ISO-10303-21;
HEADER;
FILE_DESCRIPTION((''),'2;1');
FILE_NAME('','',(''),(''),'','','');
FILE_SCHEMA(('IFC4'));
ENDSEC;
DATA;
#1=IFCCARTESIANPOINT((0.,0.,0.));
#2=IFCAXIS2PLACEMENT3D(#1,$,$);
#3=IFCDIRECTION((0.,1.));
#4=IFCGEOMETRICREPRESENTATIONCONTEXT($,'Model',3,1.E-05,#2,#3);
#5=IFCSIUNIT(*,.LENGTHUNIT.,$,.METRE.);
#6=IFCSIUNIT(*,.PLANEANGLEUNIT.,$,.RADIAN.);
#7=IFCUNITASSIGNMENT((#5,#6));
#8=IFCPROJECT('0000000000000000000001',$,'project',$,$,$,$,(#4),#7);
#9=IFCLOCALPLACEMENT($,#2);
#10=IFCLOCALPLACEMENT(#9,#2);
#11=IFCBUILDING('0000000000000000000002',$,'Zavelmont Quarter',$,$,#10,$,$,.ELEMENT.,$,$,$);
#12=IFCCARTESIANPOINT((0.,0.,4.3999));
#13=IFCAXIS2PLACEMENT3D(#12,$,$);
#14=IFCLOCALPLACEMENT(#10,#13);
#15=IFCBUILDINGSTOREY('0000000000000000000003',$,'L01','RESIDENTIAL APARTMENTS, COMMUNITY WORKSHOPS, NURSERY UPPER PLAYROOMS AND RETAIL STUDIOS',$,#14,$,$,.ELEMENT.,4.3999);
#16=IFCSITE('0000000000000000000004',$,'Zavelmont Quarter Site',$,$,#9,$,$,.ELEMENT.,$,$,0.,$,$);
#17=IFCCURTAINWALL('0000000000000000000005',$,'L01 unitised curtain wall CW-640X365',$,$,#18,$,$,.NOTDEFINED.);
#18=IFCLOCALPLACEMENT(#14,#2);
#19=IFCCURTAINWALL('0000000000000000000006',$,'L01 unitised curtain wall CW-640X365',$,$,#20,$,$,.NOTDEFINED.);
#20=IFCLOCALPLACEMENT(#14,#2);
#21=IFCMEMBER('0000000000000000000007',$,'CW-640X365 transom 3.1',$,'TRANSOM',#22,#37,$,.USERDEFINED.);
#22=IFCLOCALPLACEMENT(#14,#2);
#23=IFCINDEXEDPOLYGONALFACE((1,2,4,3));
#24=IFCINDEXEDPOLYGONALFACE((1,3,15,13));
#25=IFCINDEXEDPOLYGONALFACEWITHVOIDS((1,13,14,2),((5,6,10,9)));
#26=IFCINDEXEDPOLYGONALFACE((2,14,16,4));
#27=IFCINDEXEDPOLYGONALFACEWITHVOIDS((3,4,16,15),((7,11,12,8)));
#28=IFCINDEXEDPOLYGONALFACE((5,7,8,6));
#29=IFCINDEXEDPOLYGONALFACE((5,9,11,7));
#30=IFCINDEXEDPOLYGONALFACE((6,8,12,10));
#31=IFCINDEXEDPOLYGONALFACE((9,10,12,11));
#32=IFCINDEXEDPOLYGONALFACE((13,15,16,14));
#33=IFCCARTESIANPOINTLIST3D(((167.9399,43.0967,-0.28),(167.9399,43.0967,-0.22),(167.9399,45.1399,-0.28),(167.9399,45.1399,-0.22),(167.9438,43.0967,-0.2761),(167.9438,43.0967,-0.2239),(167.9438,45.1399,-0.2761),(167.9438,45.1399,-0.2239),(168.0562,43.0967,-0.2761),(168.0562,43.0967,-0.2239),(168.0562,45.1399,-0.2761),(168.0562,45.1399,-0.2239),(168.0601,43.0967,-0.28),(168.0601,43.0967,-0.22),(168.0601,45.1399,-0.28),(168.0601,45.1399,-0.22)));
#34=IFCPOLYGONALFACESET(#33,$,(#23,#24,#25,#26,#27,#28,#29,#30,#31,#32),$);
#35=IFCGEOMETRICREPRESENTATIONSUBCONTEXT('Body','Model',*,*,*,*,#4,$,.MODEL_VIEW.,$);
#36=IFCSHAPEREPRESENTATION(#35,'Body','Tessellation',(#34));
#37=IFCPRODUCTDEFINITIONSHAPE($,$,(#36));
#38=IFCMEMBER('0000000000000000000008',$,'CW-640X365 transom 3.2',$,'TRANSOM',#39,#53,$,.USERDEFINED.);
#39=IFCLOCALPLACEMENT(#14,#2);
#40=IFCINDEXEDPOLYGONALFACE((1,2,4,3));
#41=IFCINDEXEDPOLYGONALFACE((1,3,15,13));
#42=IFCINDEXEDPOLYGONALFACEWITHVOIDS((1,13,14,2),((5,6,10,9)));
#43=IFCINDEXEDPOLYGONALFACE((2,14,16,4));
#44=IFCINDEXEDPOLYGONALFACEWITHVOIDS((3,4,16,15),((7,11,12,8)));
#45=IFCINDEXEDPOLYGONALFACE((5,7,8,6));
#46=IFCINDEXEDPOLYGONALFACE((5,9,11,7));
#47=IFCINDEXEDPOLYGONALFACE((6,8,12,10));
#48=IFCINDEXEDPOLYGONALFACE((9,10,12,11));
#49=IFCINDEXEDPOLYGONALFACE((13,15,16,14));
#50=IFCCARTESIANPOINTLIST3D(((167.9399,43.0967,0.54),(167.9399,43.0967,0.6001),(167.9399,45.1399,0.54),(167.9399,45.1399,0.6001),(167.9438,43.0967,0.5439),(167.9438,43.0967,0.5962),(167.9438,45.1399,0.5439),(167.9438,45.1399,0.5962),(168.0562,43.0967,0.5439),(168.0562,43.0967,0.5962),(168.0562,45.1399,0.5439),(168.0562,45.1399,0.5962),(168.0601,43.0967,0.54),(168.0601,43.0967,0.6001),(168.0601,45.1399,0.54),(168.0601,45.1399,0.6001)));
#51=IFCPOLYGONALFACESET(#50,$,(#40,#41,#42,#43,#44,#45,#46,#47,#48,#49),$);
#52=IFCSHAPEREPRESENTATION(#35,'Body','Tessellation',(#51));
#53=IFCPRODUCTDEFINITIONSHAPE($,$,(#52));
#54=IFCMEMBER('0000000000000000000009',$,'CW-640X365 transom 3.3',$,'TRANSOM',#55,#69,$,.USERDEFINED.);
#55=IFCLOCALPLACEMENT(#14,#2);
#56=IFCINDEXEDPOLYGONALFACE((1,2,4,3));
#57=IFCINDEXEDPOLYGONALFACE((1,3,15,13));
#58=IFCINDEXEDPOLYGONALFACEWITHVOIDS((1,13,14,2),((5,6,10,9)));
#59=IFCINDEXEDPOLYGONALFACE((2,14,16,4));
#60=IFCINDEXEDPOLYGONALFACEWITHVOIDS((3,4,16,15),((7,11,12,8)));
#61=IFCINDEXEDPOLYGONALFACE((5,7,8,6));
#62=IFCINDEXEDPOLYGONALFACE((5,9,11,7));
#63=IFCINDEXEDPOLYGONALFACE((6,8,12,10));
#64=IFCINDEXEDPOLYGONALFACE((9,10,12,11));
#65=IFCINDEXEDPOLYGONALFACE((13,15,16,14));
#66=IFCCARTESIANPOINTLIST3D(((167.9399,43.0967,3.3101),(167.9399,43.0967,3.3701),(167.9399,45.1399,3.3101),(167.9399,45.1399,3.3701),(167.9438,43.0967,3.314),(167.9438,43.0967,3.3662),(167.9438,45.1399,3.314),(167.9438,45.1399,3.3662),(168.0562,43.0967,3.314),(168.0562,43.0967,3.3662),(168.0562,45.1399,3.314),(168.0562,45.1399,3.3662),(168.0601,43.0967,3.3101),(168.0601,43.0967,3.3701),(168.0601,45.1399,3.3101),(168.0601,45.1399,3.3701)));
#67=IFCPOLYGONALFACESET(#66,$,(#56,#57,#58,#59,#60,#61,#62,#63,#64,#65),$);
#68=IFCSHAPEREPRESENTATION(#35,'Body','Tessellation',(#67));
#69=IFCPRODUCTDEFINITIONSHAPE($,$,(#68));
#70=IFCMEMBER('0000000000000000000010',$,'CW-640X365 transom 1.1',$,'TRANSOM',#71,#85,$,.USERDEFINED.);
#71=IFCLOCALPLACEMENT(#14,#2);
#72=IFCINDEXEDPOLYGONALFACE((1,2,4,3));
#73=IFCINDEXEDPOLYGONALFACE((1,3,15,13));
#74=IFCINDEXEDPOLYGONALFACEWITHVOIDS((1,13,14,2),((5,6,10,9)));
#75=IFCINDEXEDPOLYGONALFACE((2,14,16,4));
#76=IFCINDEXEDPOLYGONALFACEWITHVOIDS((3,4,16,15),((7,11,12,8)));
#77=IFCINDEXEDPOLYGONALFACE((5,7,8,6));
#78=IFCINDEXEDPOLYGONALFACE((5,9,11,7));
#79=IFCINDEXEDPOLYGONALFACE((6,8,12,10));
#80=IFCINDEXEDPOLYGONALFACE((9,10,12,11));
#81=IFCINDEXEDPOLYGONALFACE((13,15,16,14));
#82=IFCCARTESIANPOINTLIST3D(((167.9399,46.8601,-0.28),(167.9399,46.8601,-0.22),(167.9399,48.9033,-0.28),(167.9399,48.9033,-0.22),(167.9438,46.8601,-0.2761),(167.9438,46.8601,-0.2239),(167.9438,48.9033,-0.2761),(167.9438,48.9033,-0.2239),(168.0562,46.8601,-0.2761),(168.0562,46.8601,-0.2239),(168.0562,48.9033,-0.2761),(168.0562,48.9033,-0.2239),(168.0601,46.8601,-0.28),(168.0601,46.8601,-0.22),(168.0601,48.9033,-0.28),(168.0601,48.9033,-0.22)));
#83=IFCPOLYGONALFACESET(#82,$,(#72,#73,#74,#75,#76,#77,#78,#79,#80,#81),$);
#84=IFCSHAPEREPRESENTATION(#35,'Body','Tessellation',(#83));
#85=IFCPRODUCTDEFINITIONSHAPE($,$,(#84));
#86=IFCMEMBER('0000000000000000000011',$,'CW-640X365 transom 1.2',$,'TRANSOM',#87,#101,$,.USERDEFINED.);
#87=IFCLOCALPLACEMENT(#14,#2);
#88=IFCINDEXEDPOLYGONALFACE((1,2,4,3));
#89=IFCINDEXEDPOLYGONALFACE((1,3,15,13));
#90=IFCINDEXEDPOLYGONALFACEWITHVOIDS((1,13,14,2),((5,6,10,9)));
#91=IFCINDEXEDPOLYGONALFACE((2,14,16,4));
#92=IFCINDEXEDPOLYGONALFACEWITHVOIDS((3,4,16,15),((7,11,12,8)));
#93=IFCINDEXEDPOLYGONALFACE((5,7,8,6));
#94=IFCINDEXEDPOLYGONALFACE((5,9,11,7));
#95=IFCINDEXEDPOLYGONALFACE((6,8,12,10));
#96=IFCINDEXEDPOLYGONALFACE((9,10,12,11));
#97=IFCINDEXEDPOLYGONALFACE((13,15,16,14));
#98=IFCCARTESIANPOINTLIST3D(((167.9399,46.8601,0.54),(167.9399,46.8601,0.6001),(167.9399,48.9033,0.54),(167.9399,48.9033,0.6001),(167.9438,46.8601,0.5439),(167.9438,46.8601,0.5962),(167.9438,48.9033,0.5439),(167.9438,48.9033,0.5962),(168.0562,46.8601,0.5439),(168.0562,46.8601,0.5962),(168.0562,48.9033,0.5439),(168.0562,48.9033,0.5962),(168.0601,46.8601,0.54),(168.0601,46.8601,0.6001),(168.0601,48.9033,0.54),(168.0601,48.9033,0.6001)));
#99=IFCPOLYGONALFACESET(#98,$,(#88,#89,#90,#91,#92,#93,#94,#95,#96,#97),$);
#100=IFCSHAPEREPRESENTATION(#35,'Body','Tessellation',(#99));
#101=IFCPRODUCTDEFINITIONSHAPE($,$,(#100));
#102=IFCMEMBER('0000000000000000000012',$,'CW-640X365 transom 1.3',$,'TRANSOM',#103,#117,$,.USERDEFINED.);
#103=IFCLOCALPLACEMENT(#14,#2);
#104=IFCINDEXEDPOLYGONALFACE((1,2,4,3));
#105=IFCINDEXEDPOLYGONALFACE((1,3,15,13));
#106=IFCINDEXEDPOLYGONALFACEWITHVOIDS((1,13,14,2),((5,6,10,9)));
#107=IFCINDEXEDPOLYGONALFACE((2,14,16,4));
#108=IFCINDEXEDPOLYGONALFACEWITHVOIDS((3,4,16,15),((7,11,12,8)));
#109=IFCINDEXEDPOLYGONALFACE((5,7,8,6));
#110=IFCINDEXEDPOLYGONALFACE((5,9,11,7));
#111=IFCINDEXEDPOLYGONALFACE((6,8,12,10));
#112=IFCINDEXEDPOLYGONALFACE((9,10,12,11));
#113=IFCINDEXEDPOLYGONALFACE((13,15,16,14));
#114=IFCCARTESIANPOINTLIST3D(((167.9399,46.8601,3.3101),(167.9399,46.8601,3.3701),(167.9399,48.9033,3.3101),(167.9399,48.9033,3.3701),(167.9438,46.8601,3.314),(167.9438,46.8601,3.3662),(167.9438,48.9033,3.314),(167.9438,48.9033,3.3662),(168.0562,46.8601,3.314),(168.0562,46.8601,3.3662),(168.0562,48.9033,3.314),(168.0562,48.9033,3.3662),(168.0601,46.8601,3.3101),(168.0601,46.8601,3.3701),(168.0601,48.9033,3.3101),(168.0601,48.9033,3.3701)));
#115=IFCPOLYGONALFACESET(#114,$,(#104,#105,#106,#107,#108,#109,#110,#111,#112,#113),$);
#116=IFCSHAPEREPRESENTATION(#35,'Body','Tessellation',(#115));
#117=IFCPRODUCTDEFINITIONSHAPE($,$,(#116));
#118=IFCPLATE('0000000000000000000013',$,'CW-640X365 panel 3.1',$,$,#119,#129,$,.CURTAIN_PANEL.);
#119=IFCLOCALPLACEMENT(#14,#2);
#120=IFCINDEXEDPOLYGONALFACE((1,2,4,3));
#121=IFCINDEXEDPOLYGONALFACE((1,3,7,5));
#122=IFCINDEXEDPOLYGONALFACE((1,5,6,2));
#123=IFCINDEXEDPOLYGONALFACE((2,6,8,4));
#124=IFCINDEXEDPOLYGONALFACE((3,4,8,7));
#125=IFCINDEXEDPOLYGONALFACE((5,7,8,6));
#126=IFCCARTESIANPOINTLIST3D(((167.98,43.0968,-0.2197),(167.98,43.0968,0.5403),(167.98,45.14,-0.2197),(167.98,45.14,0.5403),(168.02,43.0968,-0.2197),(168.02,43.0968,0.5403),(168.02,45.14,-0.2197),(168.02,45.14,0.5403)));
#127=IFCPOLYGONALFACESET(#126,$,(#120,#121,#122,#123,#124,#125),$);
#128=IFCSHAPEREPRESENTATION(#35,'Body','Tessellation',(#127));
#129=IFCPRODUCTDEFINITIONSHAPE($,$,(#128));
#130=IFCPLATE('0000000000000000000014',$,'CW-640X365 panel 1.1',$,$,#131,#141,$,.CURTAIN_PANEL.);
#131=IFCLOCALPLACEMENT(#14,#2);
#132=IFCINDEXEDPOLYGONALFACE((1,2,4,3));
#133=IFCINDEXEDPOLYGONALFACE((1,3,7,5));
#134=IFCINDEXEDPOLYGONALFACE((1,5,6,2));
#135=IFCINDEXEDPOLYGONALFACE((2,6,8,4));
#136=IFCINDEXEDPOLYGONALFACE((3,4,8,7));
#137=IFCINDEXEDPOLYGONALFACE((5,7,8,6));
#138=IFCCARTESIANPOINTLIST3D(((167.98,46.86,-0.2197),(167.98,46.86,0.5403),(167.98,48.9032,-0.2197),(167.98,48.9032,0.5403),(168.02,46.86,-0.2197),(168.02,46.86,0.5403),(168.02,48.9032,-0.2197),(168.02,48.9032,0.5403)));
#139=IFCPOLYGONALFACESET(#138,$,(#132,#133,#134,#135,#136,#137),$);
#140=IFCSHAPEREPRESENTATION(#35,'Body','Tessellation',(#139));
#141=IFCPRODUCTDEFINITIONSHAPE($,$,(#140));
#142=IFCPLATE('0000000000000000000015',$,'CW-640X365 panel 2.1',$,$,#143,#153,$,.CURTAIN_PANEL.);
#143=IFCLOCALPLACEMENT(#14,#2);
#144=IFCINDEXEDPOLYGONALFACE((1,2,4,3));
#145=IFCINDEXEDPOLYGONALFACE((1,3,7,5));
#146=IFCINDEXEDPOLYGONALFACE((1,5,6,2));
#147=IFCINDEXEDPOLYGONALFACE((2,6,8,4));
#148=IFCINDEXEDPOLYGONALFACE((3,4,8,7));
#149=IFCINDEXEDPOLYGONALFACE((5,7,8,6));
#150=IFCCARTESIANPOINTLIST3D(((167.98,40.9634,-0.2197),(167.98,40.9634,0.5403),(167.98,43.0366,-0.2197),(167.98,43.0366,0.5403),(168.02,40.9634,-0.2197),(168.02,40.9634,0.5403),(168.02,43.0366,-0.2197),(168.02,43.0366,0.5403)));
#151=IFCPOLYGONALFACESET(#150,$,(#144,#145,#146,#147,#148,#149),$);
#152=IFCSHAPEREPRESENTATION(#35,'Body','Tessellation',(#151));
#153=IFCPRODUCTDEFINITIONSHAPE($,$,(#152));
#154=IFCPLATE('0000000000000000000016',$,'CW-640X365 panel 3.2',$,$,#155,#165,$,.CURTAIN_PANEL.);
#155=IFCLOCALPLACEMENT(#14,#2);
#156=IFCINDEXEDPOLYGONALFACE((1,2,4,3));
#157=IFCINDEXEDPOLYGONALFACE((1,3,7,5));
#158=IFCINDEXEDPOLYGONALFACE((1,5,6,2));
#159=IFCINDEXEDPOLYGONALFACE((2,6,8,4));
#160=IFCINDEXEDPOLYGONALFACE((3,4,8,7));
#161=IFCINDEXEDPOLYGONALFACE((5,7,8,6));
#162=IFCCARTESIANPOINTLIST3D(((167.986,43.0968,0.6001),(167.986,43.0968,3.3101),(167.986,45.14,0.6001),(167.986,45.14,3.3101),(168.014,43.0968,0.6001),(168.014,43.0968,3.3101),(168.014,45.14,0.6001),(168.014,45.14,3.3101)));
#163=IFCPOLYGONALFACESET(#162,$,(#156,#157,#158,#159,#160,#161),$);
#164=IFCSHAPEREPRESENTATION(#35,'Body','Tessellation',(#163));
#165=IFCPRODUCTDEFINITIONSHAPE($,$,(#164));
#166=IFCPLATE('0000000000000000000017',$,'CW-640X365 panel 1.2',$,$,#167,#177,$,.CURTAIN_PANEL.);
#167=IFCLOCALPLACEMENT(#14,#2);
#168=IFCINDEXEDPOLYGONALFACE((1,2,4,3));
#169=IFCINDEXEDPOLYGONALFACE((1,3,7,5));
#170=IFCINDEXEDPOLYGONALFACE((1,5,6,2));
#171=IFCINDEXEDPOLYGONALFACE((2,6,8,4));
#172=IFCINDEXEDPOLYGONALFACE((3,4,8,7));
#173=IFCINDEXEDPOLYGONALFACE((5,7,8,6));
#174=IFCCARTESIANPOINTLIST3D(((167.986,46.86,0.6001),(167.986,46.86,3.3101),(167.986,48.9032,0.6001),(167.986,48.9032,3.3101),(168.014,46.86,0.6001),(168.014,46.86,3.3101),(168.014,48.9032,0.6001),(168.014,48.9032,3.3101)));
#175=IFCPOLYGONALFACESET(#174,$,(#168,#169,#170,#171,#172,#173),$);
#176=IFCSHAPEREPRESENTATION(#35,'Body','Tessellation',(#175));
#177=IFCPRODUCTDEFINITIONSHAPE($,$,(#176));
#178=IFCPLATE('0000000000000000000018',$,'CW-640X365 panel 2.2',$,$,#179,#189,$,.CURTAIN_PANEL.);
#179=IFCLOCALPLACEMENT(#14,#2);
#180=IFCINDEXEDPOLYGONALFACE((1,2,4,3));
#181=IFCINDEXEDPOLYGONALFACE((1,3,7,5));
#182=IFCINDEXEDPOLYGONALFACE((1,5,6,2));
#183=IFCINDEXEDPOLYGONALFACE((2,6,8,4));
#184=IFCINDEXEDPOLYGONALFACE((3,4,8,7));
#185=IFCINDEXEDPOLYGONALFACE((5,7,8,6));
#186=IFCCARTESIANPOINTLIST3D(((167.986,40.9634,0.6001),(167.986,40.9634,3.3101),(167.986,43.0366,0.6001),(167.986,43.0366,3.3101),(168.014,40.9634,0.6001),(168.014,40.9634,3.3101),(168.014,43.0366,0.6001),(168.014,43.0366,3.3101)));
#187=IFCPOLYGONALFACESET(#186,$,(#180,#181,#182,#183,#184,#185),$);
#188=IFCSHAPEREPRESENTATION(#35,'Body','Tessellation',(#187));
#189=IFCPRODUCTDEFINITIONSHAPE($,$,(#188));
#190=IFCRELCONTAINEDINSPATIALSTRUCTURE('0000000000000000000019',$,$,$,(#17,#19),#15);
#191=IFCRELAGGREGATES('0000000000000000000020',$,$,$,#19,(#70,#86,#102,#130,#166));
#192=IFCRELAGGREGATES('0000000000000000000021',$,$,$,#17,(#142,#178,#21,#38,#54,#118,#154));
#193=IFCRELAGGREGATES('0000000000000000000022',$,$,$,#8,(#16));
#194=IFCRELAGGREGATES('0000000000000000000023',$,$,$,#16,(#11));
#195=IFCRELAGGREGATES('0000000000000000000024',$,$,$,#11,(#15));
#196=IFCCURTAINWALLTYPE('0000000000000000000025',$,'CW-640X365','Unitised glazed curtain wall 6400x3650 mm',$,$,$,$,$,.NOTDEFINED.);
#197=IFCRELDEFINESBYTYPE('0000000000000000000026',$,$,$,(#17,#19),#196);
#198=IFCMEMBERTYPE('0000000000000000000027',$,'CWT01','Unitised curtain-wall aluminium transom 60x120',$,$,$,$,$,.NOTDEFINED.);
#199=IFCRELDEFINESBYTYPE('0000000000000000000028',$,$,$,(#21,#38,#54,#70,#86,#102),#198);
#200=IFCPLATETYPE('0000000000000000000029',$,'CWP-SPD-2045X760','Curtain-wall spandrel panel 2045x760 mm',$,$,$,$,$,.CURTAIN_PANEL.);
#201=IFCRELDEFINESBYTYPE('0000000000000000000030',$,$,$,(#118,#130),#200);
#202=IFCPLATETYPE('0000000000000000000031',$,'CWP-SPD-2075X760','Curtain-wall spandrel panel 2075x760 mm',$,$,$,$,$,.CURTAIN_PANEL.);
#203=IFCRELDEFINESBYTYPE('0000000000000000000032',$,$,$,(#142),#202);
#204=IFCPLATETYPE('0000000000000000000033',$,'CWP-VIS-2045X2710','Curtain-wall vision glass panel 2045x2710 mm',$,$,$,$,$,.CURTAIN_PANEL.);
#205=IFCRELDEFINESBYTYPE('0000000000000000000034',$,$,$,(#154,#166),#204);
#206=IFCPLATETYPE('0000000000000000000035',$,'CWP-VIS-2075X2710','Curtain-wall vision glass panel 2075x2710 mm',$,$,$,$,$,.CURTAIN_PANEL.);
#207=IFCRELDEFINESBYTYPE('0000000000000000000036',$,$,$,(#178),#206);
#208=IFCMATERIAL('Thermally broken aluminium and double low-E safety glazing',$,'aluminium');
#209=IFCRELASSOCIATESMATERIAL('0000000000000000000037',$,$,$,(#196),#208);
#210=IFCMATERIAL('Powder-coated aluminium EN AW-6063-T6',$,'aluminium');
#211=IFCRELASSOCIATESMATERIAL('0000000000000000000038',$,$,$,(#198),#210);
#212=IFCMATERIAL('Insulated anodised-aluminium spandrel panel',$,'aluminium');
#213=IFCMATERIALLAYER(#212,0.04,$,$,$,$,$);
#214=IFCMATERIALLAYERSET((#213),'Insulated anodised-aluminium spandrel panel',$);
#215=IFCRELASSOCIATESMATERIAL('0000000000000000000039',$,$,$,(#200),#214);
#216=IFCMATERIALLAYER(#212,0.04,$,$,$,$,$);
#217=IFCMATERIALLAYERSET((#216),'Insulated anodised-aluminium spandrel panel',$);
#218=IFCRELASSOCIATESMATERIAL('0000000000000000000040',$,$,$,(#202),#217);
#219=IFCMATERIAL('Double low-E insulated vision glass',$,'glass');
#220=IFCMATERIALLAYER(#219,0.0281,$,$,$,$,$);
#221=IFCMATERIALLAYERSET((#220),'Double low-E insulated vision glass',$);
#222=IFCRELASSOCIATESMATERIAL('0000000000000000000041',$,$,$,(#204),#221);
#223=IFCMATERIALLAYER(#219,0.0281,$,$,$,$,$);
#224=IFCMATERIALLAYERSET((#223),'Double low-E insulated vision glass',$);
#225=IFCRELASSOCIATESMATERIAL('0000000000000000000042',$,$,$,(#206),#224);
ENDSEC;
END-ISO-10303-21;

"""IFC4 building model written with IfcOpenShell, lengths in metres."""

from ifc_helpers import new_model, si_unit, direction, frame, origin, origin_2d, place, context, subcontext, project, spatial, rectangle, hollow_rectangle, extrude, material, layer, layer_set, material_profile, profile_set, type_object, element, aggregate, save


model = new_model("IFC4")

# Units and contexts
model_context = context("Model", 3, precision=1e-05, world=origin(), true_north=direction((0.0, 1.0)))
body_context = subcontext(model_context, "Body", "Model", "MODEL_VIEW")
ifc_project = project(units=[si_unit("LENGTHUNIT", "METRE"), si_unit("PLANEANGLEUNIT", "RADIAN")], contexts=[model_context])

# Site, building, storey
site_placement = place(None, origin())
site = spatial("IfcSite", under=ifc_project, at=site_placement, Name="Zavelmont Quarter Site", CompositionType="ELEMENT", RefElevation=0.0)
building_placement = place(site_placement, origin())
building = spatial("IfcBuilding", under=site, at=building_placement, Name="Zavelmont Quarter", CompositionType="ELEMENT")
storey_placement = place(building_placement, frame((0.0, 0.0, 4.3999)))
storey = spatial("IfcBuildingStorey", under=building, at=storey_placement, Name="L01", Description="RESIDENTIAL APARTMENTS, COMMUNITY WORKSHOPS, NURSERY UPPER PLAYROOMS AND RETAIL STUDIOS", CompositionType="ELEMENT", Elevation=4.3999)

# Curtain walls
ifc_material_1 = material(Name="Thermally broken aluminium and double low-E safety glazing", Category="aluminium")
curtain_wall_type = type_object("IfcCurtainWallType", Name="CW-640X365", Description="Unitised glazed curtain wall 6400x3650 mm", PredefinedType="NOTDEFINED", material=ifc_material_1)
curtain_wall_1_placement = place(storey_placement, origin())
curtain_wall_1 = element("IfcCurtainWall", 1, at=curtain_wall_1_placement, inside=storey, type_object=curtain_wall_type, Name="L01 unitised curtain wall CW-640X365", PredefinedType="NOTDEFINED")
ifc_material_2 = material(Name="Powder-coated aluminium EN AW-6063-T6", Category="aluminium")
curtain_wall_2_placement = place(storey_placement, origin())
curtain_wall_2 = element("IfcCurtainWall", 2, at=curtain_wall_2_placement, inside=storey, type_object=curtain_wall_type, Name="L01 unitised curtain wall CW-640X365", PredefinedType="NOTDEFINED")

# Members
ifc_material_profile_1 = material_profile(ifc_material_2, hollow_rectangle(XDim=0.1201, YDim=0.0601, WallThickness=0.0039, at=origin_2d()), Name="CWT60X120")
ifc_profile_set_1 = profile_set([ifc_material_profile_1], Name="Powder-coated aluminium EN AW-6063-T6")
member_type_1 = type_object("IfcMemberType", Name="CWT01", Description="Unitised curtain-wall aluminium transom 60x120", PredefinedType="NOTDEFINED", material=ifc_profile_set_1)
member_1_placement = place(storey_placement, frame((168.0, 43.0967, -0.25), z_axis=(0.0, 1.0, 0.0), x_axis=(-1.0, 0.0, 0.0)))
member_1 = element("IfcMember", 3, at=member_1_placement, type_object=member_type_1, Name="CW-640X365 transom 3.1", ObjectType="TRANSOM", PredefinedType="USERDEFINED", context=body_context, shape_type="SweptSolid", body=[
    extrude(hollow_rectangle(XDim=0.1201, YDim=0.0601, WallThickness=0.0039, at=origin_2d()), origin(), (0.0, 0.0, 1.0), 2.0432),
])
member_2_placement = place(storey_placement, frame((168.0, 43.0967, 0.5701), z_axis=(0.0, 1.0, 0.0), x_axis=(-1.0, 0.0, 0.0)))
member_2 = element("IfcMember", 4, at=member_2_placement, type_object=member_type_1, Name="CW-640X365 transom 3.2", ObjectType="TRANSOM", PredefinedType="USERDEFINED", context=body_context, shape_type="SweptSolid", body=[
    extrude(hollow_rectangle(XDim=0.1201, YDim=0.0601, WallThickness=0.0039, at=origin_2d()), origin(), (0.0, 0.0, 1.0), 2.0432),
])
member_3_placement = place(storey_placement, frame((168.0, 43.0967, 3.3401), z_axis=(0.0, 1.0, 0.0), x_axis=(-1.0, 0.0, 0.0)))
member_3 = element("IfcMember", 5, at=member_3_placement, type_object=member_type_1, Name="CW-640X365 transom 3.3", ObjectType="TRANSOM", PredefinedType="USERDEFINED", context=body_context, shape_type="SweptSolid", body=[
    extrude(hollow_rectangle(XDim=0.1201, YDim=0.0601, WallThickness=0.0039, at=origin_2d()), origin(), (0.0, 0.0, 1.0), 2.0432),
])
member_4_placement = place(storey_placement, frame((168.0, 46.8601, -0.25), z_axis=(0.0, 1.0, 0.0), x_axis=(-1.0, 0.0, 0.0)))
member_4 = element("IfcMember", 6, at=member_4_placement, type_object=member_type_1, Name="CW-640X365 transom 1.1", ObjectType="TRANSOM", PredefinedType="USERDEFINED", context=body_context, shape_type="SweptSolid", body=[
    extrude(hollow_rectangle(XDim=0.1201, YDim=0.0601, WallThickness=0.0039, at=origin_2d()), origin(), (0.0, 0.0, 1.0), 2.0432),
])
member_5_placement = place(storey_placement, frame((168.0, 46.8601, 0.5701), z_axis=(0.0, 1.0, 0.0), x_axis=(-1.0, 0.0, 0.0)))
member_5 = element("IfcMember", 7, at=member_5_placement, type_object=member_type_1, Name="CW-640X365 transom 1.2", ObjectType="TRANSOM", PredefinedType="USERDEFINED", context=body_context, shape_type="SweptSolid", body=[
    extrude(hollow_rectangle(XDim=0.1201, YDim=0.0601, WallThickness=0.0039, at=origin_2d()), origin(), (0.0, 0.0, 1.0), 2.0432),
])
member_6_placement = place(storey_placement, frame((168.0, 46.8601, 3.3401), z_axis=(0.0, 1.0, 0.0), x_axis=(-1.0, 0.0, 0.0)))
member_6 = element("IfcMember", 8, at=member_6_placement, type_object=member_type_1, Name="CW-640X365 transom 1.3", ObjectType="TRANSOM", PredefinedType="USERDEFINED", context=body_context, shape_type="SweptSolid", body=[
    extrude(hollow_rectangle(XDim=0.1201, YDim=0.0601, WallThickness=0.0039, at=origin_2d()), origin(), (0.0, 0.0, 1.0), 2.0432),
])

# Plates
ifc_material_3 = material(Name="Insulated anodised-aluminium spandrel panel", Category="aluminium")
ifc_layer_1 = layer(ifc_material_3, 0.04)
ifc_layer_set_1 = layer_set([ifc_layer_1], Name="Insulated anodised-aluminium spandrel panel")
plate_type_1 = type_object("IfcPlateType", Name="CWP-SPD-2045X760", Description="Curtain-wall spandrel panel 2045x760 mm", PredefinedType="CURTAIN_PANEL", material=ifc_layer_set_1)
plate_1_placement = place(storey_placement, frame((168.0, 44.1184, -0.2197), z_axis=(0.0, 0.0, 1.0), x_axis=(0.0, 1.0, 0.0)))
plate_1 = element("IfcPlate", 9, at=plate_1_placement, type_object=plate_type_1, Name="CW-640X365 panel 3.1", PredefinedType="CURTAIN_PANEL", context=body_context, shape_type="SweptSolid", body=[
    extrude(rectangle(XDim=2.0432, YDim=0.04, at=origin_2d()), origin(), (0.0, 0.0, 1.0), 0.76),
])
plate_2_placement = place(storey_placement, frame((168.0, 47.8816, -0.2197), z_axis=(0.0, 0.0, 1.0), x_axis=(0.0, 1.0, 0.0)))
plate_2 = element("IfcPlate", 10, at=plate_2_placement, type_object=plate_type_1, Name="CW-640X365 panel 1.1", PredefinedType="CURTAIN_PANEL", context=body_context, shape_type="SweptSolid", body=[
    extrude(rectangle(XDim=2.0432, YDim=0.04, at=origin_2d()), origin(), (0.0, 0.0, 1.0), 0.76),
])
ifc_layer_2 = layer(ifc_material_3, 0.04)
ifc_layer_set_2 = layer_set([ifc_layer_2], Name="Insulated anodised-aluminium spandrel panel")
plate_type_2 = type_object("IfcPlateType", Name="CWP-SPD-2075X760", Description="Curtain-wall spandrel panel 2075x760 mm", PredefinedType="CURTAIN_PANEL", material=ifc_layer_set_2)
plate_3_placement = place(storey_placement, frame((168.0, 42.0, -0.2197), z_axis=(0.0, 0.0, 1.0), x_axis=(0.0, 1.0, 0.0)))
plate_3 = element("IfcPlate", 11, at=plate_3_placement, type_object=plate_type_2, Name="CW-640X365 panel 2.1", PredefinedType="CURTAIN_PANEL", context=body_context, shape_type="SweptSolid", body=[
    extrude(rectangle(XDim=2.0732, YDim=0.04, at=origin_2d()), origin(), (0.0, 0.0, 1.0), 0.76),
])
ifc_material_4 = material(Name="Double low-E insulated vision glass", Category="glass")
ifc_layer_3 = layer(ifc_material_4, 0.0281)
ifc_layer_set_3 = layer_set([ifc_layer_3], Name="Double low-E insulated vision glass")
plate_type_3 = type_object("IfcPlateType", Name="CWP-VIS-2045X2710", Description="Curtain-wall vision glass panel 2045x2710 mm", PredefinedType="CURTAIN_PANEL", material=ifc_layer_set_3)
plate_4_placement = place(storey_placement, frame((168.0, 44.1184, 0.6001), z_axis=(0.0, 0.0, 1.0), x_axis=(0.0, 1.0, 0.0)))
plate_4 = element("IfcPlate", 12, at=plate_4_placement, type_object=plate_type_3, Name="CW-640X365 panel 3.2", PredefinedType="CURTAIN_PANEL", context=body_context, shape_type="SweptSolid", body=[
    extrude(rectangle(XDim=2.0432, YDim=0.0281, at=origin_2d()), origin(), (0.0, 0.0, 1.0), 2.71),
])
plate_5_placement = place(storey_placement, frame((168.0, 47.8816, 0.6001), z_axis=(0.0, 0.0, 1.0), x_axis=(0.0, 1.0, 0.0)))
plate_5 = element("IfcPlate", 13, at=plate_5_placement, type_object=plate_type_3, Name="CW-640X365 panel 1.2", PredefinedType="CURTAIN_PANEL", context=body_context, shape_type="SweptSolid", body=[
    extrude(rectangle(XDim=2.0432, YDim=0.0281, at=origin_2d()), origin(), (0.0, 0.0, 1.0), 2.71),
])
aggregate(curtain_wall_2, [member_4, member_5, member_6, plate_2, plate_5])
ifc_layer_4 = layer(ifc_material_4, 0.0281)
ifc_layer_set_4 = layer_set([ifc_layer_4], Name="Double low-E insulated vision glass")
plate_type_4 = type_object("IfcPlateType", Name="CWP-VIS-2075X2710", Description="Curtain-wall vision glass panel 2075x2710 mm", PredefinedType="CURTAIN_PANEL", material=ifc_layer_set_4)
plate_6_placement = place(storey_placement, frame((168.0, 42.0, 0.6001), z_axis=(0.0, 0.0, 1.0), x_axis=(0.0, 1.0, 0.0)))
plate_6 = element("IfcPlate", 14, at=plate_6_placement, type_object=plate_type_4, Name="CW-640X365 panel 2.2", PredefinedType="CURTAIN_PANEL", context=body_context, shape_type="SweptSolid", body=[
    extrude(rectangle(XDim=2.0732, YDim=0.0281, at=origin_2d()), origin(), (0.0, 0.0, 1.0), 2.71),
])
aggregate(curtain_wall_1, [plate_3, plate_6, member_1, member_2, member_3, plate_1, plate_4])

save(model, "model.ifc")
